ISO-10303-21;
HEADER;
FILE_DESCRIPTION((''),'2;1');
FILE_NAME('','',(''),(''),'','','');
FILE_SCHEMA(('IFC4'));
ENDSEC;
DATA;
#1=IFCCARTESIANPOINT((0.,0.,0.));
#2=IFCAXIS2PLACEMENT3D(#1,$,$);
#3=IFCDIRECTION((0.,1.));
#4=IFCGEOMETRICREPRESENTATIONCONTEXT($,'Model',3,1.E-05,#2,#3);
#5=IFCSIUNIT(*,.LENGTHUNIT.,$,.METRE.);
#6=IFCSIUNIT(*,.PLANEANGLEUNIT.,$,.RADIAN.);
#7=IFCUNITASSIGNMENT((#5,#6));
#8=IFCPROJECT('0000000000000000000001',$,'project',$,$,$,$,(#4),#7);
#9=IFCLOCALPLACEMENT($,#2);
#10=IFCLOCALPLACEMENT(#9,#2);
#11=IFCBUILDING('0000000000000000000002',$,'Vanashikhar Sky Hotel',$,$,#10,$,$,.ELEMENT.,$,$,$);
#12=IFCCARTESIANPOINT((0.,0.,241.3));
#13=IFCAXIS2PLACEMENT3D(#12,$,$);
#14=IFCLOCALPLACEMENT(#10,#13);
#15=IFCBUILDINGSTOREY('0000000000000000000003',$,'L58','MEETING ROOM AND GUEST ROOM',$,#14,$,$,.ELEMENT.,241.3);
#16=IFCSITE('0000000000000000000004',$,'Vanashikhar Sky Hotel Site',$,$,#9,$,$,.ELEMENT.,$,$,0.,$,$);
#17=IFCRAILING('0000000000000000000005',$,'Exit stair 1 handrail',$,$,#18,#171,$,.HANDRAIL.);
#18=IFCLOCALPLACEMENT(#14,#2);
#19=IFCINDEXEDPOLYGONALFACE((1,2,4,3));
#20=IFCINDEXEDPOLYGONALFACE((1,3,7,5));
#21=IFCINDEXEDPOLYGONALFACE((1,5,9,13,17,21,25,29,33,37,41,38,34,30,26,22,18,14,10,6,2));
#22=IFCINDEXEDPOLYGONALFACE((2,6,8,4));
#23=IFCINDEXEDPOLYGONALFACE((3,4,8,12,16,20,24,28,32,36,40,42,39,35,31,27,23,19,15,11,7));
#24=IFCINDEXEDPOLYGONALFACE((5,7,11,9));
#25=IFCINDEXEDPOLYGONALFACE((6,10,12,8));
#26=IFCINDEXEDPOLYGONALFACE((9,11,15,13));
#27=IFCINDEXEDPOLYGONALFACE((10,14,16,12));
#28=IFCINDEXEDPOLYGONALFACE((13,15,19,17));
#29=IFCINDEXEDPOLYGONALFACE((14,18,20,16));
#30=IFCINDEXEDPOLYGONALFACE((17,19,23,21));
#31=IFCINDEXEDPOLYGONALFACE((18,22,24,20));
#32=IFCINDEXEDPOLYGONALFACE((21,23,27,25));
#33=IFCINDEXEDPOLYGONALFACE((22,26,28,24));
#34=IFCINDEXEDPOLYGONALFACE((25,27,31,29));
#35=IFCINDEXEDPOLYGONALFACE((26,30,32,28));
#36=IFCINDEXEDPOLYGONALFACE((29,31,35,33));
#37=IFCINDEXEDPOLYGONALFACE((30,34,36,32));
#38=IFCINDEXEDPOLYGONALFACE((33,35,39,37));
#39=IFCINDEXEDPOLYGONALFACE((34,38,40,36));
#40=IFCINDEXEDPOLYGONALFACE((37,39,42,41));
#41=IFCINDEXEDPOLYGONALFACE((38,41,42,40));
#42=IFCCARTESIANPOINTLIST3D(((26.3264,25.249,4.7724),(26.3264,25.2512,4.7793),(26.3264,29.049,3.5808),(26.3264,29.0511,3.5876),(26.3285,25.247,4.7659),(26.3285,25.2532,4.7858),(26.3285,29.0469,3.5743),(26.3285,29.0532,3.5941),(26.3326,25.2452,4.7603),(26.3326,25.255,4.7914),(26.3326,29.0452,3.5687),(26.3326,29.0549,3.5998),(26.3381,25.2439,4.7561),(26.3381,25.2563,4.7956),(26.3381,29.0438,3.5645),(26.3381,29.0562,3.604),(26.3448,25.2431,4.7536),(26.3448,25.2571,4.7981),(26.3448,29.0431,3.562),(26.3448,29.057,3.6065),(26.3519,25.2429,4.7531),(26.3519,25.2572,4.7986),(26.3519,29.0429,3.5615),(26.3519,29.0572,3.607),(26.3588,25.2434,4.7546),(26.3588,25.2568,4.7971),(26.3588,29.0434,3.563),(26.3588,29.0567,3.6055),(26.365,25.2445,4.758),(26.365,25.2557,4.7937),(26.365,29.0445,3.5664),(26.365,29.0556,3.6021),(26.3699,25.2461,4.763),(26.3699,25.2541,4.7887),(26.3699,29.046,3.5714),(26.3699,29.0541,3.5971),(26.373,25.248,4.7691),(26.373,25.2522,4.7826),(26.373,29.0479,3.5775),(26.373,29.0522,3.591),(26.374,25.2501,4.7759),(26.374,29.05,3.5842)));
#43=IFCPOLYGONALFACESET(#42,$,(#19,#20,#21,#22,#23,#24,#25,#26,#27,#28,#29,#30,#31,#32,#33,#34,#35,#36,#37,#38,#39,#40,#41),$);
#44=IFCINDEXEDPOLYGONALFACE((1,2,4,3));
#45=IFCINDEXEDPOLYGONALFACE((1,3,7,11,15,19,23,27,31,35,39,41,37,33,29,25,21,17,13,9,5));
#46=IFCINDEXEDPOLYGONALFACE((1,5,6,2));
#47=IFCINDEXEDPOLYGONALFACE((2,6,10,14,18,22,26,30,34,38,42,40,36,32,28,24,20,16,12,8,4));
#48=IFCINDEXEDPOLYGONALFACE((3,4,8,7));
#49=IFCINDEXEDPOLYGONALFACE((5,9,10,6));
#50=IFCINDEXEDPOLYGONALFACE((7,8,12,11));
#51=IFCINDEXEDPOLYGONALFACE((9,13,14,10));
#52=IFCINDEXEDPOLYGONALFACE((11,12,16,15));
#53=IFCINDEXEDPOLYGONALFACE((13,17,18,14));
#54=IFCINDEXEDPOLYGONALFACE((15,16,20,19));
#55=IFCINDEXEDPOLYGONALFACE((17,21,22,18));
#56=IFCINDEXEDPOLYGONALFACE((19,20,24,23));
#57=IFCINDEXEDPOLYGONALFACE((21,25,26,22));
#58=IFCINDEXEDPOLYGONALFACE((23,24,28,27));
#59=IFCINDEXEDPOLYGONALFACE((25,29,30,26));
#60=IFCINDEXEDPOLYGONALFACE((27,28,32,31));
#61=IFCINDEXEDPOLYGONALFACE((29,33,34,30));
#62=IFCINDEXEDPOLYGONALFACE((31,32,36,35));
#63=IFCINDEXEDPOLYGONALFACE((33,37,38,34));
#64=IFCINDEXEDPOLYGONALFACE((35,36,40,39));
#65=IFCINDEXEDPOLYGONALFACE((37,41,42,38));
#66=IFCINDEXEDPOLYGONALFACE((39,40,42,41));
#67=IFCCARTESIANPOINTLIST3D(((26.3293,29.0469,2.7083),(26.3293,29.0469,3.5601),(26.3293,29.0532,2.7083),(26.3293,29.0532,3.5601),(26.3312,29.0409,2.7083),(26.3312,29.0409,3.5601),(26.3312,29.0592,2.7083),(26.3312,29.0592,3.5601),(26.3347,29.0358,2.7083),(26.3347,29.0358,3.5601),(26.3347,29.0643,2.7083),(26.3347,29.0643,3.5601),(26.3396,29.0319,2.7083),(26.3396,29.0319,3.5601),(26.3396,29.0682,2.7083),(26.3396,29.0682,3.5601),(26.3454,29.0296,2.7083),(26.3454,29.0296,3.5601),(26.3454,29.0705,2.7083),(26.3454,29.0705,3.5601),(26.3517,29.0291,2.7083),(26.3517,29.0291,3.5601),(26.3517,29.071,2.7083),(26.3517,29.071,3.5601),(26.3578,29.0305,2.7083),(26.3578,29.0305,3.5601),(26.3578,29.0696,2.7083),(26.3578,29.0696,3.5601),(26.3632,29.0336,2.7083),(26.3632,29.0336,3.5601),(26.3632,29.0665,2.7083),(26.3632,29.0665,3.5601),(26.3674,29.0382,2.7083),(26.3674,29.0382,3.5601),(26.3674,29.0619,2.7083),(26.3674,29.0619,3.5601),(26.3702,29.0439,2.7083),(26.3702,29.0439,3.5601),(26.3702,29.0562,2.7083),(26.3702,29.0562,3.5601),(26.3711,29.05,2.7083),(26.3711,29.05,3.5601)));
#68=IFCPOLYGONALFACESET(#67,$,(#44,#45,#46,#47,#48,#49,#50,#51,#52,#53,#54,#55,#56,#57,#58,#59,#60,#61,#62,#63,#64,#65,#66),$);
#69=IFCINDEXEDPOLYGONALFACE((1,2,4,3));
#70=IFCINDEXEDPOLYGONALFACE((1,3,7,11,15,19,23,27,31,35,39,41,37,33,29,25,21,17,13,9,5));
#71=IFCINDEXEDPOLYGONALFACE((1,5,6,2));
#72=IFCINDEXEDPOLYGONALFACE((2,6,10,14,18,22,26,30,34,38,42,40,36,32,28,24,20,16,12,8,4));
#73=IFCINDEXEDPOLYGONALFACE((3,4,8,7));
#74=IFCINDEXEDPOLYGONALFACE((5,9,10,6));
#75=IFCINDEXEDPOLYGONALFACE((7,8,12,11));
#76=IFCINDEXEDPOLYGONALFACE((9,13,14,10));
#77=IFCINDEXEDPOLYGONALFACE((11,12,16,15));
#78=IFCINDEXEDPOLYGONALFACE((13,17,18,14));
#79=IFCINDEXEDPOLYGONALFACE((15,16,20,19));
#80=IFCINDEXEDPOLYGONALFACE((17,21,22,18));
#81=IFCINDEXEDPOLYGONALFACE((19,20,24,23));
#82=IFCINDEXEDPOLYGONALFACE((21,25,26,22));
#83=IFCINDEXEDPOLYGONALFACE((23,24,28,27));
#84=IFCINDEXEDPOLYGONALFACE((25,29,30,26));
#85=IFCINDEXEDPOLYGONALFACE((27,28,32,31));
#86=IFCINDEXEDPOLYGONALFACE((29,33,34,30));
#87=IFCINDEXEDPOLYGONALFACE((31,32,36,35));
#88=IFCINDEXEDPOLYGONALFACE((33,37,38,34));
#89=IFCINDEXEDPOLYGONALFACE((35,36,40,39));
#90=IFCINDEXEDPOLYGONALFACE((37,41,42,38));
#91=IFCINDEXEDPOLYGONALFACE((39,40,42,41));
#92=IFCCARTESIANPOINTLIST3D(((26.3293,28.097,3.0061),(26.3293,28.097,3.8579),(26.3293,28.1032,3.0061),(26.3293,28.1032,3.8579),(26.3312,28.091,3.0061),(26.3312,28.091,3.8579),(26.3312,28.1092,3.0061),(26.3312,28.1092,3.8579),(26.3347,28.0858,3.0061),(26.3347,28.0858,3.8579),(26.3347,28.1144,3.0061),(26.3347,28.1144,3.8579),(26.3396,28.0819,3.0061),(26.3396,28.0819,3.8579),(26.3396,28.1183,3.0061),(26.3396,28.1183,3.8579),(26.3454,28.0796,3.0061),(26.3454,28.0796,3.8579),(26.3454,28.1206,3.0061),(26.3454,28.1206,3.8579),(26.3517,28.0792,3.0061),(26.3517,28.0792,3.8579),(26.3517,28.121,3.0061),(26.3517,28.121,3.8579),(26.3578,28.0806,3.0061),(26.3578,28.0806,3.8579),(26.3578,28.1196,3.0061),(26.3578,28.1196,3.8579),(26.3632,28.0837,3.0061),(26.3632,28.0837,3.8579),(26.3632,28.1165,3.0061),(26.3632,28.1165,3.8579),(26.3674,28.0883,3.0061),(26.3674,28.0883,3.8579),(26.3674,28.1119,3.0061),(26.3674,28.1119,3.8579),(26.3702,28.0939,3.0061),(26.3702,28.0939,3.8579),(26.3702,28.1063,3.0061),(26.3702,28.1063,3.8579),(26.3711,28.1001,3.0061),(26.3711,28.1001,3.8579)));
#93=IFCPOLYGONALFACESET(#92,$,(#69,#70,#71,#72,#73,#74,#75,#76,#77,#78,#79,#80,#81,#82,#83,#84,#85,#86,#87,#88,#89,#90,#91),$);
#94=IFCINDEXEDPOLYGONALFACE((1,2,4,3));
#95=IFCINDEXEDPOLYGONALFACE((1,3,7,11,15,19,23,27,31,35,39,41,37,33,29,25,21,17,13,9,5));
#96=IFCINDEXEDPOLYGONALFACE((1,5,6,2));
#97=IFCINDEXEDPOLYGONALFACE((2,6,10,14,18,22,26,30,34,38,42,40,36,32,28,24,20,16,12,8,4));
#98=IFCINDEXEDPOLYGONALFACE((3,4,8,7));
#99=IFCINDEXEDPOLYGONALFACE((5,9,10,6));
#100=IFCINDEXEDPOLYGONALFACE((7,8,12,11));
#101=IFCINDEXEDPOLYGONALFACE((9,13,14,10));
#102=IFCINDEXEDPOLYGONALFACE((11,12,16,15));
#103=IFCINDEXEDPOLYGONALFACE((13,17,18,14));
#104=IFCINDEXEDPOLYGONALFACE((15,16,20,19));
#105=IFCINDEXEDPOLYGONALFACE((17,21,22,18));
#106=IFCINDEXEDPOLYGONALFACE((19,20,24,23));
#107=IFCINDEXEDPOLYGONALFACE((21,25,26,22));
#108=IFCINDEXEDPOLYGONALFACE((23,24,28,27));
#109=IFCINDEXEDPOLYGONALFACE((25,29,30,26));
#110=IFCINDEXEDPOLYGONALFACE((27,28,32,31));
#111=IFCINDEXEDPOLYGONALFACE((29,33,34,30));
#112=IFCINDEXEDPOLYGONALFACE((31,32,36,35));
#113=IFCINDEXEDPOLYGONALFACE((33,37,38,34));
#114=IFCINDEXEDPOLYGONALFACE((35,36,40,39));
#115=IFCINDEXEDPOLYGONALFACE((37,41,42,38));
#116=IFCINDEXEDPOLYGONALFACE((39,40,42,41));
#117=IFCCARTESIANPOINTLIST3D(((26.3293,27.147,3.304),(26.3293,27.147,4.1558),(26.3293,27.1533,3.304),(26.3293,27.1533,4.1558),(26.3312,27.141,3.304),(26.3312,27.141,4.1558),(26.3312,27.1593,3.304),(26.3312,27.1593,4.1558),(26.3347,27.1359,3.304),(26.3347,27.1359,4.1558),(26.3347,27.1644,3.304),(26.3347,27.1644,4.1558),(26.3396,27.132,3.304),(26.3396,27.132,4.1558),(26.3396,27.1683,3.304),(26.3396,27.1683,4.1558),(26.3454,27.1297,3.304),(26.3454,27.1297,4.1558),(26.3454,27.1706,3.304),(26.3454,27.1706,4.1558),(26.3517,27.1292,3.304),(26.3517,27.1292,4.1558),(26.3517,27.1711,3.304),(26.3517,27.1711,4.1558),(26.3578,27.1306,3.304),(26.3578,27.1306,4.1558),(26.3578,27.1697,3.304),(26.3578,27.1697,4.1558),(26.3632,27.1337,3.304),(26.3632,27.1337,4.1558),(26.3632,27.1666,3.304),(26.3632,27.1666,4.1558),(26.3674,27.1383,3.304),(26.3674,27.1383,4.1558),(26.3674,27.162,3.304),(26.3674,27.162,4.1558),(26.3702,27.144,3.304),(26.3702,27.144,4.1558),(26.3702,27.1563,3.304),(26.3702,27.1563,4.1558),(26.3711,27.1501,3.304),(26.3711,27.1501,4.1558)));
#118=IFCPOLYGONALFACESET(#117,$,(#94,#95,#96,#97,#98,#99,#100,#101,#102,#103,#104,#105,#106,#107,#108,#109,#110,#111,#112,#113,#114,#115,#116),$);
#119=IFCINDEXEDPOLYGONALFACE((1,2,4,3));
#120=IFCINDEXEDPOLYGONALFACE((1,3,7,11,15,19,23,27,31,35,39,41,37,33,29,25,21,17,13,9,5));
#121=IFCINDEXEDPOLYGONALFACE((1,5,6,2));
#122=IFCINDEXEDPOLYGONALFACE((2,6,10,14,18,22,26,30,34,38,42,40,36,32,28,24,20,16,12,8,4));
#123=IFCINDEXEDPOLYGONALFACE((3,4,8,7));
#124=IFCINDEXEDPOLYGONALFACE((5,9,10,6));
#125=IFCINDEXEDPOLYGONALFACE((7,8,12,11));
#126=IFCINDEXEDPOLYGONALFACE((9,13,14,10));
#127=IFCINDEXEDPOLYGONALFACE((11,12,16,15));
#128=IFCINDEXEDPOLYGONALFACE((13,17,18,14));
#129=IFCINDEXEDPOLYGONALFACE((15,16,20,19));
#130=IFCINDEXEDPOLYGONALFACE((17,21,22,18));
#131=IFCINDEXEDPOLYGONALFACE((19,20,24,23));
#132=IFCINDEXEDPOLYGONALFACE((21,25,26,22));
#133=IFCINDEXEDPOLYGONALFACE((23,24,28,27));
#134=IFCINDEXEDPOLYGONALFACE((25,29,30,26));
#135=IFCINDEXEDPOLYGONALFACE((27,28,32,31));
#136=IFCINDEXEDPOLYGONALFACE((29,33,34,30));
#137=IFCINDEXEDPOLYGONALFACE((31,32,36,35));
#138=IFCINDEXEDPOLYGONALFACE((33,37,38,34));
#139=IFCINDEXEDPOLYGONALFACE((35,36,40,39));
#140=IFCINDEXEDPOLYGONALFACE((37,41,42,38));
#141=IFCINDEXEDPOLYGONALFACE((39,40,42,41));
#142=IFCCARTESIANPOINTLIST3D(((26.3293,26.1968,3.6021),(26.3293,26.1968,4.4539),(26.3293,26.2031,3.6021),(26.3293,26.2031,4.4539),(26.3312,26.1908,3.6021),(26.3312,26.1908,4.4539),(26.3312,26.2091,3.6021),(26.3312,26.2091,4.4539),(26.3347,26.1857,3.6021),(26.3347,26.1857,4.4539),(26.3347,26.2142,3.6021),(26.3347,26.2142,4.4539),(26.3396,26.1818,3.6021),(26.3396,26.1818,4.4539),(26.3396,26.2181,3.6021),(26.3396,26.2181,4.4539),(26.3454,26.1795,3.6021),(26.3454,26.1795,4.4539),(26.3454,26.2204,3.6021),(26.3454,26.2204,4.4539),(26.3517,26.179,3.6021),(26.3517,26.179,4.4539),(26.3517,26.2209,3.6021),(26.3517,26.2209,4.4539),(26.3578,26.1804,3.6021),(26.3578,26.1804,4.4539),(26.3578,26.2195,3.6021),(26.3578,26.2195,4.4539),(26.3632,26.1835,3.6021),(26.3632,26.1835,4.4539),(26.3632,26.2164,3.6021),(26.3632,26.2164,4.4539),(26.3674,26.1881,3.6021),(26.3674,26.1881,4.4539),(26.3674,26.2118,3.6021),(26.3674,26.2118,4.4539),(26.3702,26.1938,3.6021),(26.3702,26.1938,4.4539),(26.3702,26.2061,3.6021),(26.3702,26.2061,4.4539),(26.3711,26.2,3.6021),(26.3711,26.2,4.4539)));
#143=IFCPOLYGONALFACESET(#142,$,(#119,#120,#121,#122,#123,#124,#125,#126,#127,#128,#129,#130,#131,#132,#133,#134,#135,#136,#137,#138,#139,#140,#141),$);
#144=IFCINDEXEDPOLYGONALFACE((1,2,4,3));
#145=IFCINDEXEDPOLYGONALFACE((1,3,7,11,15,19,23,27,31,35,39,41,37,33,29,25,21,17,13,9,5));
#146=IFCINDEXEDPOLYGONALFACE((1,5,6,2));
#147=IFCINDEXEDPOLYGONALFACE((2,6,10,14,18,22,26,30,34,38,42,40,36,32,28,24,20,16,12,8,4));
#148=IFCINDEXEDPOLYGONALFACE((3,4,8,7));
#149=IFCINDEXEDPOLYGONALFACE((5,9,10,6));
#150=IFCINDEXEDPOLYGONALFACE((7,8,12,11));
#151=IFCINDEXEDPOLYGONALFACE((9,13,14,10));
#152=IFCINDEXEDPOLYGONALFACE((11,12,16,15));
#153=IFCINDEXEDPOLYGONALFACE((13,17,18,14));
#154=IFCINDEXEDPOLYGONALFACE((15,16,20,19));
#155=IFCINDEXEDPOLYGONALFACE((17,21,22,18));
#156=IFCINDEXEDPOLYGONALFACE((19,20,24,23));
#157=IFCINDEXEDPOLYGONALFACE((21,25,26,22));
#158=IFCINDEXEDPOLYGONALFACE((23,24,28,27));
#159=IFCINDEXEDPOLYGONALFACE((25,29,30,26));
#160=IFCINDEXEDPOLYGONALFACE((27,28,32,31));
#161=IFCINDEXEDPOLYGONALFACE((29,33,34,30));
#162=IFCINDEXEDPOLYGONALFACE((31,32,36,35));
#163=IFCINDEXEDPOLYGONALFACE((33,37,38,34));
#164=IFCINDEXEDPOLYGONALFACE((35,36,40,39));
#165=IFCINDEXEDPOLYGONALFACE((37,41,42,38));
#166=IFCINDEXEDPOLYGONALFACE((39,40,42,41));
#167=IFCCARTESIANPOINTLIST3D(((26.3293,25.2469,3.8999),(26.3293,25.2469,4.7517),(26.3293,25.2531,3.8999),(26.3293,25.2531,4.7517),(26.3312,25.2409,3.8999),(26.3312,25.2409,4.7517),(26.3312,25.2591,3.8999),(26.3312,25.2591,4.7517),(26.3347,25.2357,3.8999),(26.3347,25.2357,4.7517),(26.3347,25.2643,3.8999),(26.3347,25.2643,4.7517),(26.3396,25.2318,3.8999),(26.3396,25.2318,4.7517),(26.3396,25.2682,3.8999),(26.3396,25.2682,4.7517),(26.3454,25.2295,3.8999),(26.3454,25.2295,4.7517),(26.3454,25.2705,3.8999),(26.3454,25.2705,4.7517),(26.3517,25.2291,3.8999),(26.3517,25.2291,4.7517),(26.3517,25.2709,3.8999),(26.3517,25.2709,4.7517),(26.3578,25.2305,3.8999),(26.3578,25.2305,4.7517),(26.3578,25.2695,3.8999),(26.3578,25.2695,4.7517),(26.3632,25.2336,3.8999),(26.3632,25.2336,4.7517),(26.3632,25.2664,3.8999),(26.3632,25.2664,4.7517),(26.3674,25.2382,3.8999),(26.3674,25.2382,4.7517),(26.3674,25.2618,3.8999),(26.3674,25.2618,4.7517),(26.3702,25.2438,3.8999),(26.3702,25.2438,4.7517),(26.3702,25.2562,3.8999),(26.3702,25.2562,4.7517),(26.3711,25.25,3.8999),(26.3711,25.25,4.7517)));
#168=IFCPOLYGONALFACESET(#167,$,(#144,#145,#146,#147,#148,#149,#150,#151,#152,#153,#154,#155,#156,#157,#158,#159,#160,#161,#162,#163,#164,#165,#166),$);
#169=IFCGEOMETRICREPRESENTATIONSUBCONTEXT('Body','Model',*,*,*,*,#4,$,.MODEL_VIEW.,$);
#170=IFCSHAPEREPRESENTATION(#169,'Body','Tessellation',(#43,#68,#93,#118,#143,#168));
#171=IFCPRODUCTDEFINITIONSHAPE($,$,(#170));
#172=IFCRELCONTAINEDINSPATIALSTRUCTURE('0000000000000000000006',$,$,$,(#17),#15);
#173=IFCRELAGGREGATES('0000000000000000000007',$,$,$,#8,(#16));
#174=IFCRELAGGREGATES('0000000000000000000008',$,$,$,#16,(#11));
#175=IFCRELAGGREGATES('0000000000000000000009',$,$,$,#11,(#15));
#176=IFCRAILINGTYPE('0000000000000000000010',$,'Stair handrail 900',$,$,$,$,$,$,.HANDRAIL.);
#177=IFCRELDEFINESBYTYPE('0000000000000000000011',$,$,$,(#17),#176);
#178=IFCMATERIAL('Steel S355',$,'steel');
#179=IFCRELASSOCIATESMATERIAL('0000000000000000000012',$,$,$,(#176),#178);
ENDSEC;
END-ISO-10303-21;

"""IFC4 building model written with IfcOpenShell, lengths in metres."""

from ifc_helpers import new_model, si_unit, direction, frame, origin, origin_2d, place, context, subcontext, project, spatial, circle, extrude, source, transform, mapped, material, type_object, element, save


model = new_model("IFC4")

# Units and contexts
model_context = context("Model", 3, precision=1e-05, world=origin(), true_north=direction((0.0, 1.0)))
body_context = subcontext(model_context, "Body", "Model", "MODEL_VIEW")
ifc_project = project(units=[si_unit("LENGTHUNIT", "METRE"), si_unit("PLANEANGLEUNIT", "RADIAN")], contexts=[model_context])

# Site, building, storey
site_placement = place(None, origin())
site = spatial("IfcSite", under=ifc_project, at=site_placement, Name="Vanashikhar Sky Hotel Site", CompositionType="ELEMENT", RefElevation=0.0)
building_placement = place(site_placement, origin())
building = spatial("IfcBuilding", under=site, at=building_placement, Name="Vanashikhar Sky Hotel", CompositionType="ELEMENT")
storey_placement = place(building_placement, frame((0.0, 0.0, 241.3)))
storey = spatial("IfcBuildingStorey", under=building, at=storey_placement, Name="L58", Description="MEETING ROOM AND GUEST ROOM", CompositionType="ELEMENT", Elevation=241.3)

# Railing
ifc_material_1 = material(Name="Steel S355", Category="steel")
railing_type = type_object("IfcRailingType", Name="Stair handrail 900", PredefinedType="HANDRAIL", material=ifc_material_1)
shared_shape_1 = source(origin(), body_context, "Body", "SweptSolid", [
    extrude(circle(Radius=0.0239, at=origin_2d()), frame((0.0, 0.0, 0.876), z_axis=(0.0, -0.954184, 0.299221), x_axis=(1.0, 0.0, 0.0)), (0.0, 0.0, 1.0), 3.9824),
    extrude(circle(Radius=0.021, at=origin_2d()), origin(), (0.0, 0.0, 1.0), 0.8518),
    extrude(circle(Radius=0.021, at=origin_2d()), frame((0.0, -0.95, 0.2979)), (0.0, 0.0, 1.0), 0.8518),
    extrude(circle(Radius=0.021, at=origin_2d()), frame((0.0, -1.8999, 0.5957)), (0.0, 0.0, 1.0), 0.8518),
    extrude(circle(Radius=0.021, at=origin_2d()), frame((0.0, -2.8501, 0.8938)), (0.0, 0.0, 1.0), 0.8518),
    extrude(circle(Radius=0.021, at=origin_2d()), frame((0.0, -3.8, 1.1917)), (0.0, 0.0, 1.0), 0.8518),
])
for number, where, name in (
    (1, (26.3501, 29.05, 2.7083), "Exit stair 1 handrail"),
):
    element("IfcRailing", number, at=place(storey_placement, frame(where)), inside=storey, type_object=railing_type, Name=name, PredefinedType="HANDRAIL", context=body_context, shape_type="MappedRepresentation", body=[
        mapped(shared_shape_1, transform((0.0, 0.0, 0.0), scale=1.0)),
    ])

save(model, "model.ifc")
